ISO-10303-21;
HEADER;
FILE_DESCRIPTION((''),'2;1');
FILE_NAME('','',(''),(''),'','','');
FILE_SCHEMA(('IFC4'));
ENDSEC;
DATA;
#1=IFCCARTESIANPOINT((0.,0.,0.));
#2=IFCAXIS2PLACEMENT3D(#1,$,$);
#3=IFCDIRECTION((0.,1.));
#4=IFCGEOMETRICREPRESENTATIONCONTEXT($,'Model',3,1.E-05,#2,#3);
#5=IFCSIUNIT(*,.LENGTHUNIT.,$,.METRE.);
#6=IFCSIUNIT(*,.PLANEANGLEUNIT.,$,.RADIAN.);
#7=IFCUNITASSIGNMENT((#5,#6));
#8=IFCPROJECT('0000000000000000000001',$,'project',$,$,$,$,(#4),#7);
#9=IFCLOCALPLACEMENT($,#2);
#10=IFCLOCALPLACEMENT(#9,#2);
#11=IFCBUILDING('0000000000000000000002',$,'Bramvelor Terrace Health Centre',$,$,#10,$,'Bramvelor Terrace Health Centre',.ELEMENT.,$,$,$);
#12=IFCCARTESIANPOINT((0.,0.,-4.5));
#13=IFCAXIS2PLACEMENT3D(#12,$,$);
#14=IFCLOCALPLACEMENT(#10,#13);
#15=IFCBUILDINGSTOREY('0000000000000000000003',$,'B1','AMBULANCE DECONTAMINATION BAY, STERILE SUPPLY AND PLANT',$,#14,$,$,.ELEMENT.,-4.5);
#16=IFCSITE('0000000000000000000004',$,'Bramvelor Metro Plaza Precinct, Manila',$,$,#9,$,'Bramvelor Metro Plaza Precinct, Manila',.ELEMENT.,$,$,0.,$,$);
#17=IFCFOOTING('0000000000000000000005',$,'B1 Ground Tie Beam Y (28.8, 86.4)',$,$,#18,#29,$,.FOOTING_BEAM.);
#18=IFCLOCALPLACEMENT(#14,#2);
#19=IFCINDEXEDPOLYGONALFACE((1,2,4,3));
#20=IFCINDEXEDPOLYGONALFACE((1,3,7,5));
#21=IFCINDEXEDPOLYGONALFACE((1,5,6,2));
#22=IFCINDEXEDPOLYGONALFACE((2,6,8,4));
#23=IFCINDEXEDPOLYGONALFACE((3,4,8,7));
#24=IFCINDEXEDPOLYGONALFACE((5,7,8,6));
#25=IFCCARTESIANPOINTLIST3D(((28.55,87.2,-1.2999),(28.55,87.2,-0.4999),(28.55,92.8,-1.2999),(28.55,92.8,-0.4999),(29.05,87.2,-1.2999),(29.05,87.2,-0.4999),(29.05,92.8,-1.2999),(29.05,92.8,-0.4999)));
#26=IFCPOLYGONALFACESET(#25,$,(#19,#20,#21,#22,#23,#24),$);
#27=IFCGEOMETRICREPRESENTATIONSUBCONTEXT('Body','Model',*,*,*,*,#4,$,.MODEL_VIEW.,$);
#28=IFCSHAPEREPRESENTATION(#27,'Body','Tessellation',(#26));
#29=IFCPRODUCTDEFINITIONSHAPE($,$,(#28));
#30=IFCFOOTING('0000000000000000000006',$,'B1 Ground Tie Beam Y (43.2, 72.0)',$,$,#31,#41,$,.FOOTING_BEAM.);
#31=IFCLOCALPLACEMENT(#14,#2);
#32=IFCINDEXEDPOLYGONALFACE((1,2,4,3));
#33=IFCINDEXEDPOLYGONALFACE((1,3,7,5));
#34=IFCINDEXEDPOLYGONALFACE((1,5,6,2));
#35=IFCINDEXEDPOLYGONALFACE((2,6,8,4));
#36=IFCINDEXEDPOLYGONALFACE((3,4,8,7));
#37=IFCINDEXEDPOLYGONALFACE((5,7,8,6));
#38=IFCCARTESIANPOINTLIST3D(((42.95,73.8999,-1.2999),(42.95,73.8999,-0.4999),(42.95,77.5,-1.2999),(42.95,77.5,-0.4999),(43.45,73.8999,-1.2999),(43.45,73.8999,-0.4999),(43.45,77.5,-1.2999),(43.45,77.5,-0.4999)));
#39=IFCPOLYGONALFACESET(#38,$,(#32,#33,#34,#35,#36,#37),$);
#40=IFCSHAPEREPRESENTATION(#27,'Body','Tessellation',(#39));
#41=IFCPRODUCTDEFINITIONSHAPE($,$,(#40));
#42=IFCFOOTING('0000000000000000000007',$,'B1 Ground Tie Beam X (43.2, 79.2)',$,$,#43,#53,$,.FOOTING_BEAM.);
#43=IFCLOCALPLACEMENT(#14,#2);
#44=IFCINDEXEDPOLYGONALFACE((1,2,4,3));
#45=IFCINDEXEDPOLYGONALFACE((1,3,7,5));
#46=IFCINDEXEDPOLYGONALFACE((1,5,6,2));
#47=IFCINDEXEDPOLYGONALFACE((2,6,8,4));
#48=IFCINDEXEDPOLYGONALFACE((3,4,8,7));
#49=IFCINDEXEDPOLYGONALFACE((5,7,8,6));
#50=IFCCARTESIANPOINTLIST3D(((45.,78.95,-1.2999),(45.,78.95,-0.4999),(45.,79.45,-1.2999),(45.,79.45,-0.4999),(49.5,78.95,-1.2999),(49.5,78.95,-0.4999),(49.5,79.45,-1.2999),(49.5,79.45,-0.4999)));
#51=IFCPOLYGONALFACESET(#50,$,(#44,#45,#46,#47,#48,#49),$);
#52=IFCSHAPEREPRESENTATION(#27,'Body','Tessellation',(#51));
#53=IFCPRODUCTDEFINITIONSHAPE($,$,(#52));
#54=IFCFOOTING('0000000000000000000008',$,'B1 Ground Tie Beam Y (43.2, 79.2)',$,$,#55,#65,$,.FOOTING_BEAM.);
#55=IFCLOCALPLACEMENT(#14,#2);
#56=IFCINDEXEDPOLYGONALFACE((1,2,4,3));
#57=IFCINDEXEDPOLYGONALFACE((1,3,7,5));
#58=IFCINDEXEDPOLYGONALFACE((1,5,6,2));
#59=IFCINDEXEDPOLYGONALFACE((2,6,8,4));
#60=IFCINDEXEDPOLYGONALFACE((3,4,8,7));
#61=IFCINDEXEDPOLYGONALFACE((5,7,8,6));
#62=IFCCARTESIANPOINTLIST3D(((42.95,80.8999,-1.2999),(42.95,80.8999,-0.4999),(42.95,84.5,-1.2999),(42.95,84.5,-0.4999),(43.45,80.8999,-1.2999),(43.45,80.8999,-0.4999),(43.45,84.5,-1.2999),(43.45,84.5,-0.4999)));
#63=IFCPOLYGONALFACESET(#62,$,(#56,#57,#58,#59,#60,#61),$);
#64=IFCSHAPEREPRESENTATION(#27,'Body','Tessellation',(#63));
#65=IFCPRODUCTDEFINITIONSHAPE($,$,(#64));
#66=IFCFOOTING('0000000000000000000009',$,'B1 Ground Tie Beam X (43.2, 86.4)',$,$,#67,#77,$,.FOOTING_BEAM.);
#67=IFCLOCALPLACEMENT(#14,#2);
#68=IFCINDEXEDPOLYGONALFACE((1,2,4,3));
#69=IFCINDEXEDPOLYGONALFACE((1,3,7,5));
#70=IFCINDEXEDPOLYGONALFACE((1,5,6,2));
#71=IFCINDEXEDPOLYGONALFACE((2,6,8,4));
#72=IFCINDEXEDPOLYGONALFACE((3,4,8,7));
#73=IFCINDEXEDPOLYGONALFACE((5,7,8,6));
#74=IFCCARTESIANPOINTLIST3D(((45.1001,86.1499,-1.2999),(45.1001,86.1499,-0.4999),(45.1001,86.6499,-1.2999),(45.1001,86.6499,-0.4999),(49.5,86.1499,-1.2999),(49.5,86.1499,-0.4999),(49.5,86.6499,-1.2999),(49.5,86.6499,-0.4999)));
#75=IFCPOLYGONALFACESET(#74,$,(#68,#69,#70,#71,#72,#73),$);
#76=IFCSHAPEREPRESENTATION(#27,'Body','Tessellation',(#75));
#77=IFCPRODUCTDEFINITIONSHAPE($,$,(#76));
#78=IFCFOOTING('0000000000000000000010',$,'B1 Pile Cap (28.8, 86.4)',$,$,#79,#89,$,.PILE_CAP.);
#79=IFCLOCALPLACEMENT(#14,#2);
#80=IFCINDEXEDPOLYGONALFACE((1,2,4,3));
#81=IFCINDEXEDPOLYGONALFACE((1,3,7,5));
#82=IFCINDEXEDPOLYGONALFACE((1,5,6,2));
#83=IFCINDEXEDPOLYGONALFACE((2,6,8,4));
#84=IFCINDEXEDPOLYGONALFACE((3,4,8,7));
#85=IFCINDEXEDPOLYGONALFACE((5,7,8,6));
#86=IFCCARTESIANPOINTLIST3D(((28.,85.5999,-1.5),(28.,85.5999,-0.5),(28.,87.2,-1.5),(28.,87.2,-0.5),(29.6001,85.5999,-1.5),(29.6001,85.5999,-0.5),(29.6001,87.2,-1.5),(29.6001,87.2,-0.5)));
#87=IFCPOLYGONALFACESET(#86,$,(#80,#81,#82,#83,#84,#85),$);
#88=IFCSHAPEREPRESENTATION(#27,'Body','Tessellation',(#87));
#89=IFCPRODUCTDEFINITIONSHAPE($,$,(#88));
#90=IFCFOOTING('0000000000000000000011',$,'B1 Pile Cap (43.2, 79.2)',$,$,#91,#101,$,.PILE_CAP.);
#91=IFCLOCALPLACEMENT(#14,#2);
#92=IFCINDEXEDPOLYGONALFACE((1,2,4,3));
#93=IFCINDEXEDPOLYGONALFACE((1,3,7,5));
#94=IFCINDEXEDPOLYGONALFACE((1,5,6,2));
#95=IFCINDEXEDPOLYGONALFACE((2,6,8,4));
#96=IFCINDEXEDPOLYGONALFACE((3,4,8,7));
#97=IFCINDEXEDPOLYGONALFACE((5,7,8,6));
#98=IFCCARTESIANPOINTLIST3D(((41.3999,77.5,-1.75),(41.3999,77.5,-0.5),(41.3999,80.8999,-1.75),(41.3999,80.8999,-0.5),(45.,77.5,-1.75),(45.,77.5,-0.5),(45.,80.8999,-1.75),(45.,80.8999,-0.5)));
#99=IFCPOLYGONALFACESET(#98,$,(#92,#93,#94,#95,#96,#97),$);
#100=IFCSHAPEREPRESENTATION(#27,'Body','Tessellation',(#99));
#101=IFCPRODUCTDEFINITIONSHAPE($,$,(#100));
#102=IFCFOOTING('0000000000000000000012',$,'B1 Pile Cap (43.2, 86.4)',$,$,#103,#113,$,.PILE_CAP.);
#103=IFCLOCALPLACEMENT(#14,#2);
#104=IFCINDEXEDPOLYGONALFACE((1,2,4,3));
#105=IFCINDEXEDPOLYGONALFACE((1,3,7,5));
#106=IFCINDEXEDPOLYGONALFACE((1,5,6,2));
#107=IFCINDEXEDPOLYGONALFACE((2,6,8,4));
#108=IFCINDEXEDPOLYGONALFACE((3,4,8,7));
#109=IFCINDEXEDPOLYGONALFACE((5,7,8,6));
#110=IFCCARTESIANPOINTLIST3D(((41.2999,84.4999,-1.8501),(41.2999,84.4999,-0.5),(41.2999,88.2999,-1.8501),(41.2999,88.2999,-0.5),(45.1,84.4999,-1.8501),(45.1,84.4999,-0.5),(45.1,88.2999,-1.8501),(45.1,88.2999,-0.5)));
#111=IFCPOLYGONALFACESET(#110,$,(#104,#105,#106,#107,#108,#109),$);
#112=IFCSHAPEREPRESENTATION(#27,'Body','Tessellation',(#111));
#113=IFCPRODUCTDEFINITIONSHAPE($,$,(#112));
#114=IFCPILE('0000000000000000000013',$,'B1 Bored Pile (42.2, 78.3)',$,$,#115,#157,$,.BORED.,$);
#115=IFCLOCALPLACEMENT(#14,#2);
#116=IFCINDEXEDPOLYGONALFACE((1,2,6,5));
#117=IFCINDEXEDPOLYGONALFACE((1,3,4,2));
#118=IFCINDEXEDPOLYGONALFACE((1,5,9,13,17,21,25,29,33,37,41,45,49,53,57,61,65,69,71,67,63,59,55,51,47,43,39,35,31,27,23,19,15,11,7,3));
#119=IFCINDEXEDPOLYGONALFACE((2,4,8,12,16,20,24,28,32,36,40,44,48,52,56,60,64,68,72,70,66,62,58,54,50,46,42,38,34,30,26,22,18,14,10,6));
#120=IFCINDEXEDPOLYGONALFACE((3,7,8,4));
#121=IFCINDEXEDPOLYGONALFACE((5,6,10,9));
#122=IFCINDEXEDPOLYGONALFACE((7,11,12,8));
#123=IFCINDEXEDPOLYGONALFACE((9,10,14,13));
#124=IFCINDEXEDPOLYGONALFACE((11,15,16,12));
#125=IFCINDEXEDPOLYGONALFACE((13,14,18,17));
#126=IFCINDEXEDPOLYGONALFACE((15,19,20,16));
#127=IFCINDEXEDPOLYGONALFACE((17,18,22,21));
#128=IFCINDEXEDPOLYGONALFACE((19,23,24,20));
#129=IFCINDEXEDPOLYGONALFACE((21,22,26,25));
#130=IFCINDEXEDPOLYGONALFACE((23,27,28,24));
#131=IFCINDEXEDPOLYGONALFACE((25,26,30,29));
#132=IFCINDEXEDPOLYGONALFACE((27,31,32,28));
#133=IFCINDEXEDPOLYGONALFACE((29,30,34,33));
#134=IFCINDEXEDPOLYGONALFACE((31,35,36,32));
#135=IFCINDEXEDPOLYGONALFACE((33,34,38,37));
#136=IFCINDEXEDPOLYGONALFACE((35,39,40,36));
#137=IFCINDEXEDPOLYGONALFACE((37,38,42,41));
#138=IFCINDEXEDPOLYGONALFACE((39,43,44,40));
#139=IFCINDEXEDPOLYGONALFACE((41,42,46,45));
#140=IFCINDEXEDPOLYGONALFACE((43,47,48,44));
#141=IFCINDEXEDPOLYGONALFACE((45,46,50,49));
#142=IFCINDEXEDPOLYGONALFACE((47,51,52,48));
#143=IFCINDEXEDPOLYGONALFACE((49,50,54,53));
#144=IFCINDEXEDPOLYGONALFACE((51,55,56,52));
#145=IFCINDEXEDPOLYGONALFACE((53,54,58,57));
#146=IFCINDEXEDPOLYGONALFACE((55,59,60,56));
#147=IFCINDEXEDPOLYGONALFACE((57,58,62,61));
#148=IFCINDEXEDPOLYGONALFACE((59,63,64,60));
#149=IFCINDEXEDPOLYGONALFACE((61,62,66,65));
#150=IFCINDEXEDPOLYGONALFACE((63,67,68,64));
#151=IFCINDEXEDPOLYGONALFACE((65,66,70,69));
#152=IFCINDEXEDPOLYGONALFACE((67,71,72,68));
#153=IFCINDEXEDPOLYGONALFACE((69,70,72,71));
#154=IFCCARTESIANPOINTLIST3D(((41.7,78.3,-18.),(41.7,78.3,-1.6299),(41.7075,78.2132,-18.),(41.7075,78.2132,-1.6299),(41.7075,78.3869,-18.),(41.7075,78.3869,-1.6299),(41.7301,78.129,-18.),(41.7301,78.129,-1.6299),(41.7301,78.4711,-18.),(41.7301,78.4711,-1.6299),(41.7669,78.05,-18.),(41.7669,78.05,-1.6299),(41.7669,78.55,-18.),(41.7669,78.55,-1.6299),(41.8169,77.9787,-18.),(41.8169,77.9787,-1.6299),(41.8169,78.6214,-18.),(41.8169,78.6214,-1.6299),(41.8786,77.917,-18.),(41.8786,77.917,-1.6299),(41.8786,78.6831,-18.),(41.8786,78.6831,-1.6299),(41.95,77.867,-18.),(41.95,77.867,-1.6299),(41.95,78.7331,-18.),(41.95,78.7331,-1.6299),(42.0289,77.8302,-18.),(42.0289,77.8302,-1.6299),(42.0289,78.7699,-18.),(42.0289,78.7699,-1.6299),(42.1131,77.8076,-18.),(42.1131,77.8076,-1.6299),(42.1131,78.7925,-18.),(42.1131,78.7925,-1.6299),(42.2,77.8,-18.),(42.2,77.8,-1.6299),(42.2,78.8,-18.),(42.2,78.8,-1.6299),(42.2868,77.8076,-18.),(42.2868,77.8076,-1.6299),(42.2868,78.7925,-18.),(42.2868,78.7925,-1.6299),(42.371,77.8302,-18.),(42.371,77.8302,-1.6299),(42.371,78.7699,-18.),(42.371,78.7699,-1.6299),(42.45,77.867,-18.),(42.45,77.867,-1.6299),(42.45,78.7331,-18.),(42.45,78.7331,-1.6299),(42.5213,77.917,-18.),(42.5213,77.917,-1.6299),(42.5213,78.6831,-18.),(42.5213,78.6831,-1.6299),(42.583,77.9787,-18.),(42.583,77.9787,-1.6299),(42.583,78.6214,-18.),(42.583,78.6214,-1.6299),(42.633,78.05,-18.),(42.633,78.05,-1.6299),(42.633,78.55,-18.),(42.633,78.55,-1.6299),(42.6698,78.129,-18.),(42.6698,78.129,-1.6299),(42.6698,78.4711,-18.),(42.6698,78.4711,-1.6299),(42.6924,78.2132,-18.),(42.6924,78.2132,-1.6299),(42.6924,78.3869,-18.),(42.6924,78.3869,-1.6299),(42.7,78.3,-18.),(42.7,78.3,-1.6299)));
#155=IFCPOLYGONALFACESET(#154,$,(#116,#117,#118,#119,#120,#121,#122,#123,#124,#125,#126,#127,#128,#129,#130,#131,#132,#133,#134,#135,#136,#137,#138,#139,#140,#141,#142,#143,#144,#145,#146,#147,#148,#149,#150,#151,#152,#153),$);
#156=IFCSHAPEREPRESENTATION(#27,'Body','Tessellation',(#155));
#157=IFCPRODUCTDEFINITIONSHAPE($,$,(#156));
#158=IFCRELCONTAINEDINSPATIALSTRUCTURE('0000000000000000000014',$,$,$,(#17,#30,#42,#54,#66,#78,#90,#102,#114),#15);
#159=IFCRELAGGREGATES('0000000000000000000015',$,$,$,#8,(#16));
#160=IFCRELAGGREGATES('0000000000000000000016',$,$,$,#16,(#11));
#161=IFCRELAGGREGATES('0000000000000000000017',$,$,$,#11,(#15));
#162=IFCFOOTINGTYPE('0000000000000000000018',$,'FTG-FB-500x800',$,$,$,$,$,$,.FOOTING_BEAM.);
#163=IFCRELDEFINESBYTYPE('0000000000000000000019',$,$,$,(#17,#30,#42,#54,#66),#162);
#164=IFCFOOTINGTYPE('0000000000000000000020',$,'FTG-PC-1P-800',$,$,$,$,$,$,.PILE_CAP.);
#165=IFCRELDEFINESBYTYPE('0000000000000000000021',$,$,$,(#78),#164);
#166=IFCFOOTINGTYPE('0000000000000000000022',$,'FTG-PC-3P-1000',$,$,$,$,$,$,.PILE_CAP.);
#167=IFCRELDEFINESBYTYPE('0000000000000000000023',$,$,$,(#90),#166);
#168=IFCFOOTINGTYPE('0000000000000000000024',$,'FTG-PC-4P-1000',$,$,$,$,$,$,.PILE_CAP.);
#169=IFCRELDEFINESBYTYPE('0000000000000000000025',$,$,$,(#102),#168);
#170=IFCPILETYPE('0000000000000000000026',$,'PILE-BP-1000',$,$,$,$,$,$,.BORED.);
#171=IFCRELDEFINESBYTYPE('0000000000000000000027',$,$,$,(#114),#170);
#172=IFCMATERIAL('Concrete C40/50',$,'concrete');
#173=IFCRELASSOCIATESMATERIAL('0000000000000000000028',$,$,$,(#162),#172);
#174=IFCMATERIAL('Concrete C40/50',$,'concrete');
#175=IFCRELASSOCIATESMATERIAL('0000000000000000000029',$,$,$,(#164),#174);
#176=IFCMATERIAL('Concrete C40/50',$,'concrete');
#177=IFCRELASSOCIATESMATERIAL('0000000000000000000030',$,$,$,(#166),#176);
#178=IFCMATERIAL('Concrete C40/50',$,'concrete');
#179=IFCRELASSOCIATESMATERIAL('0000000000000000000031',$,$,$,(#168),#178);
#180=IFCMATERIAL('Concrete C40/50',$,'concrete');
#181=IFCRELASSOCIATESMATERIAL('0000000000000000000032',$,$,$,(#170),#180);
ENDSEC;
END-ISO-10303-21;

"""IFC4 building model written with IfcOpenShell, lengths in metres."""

from ifc_helpers import new_model, si_unit, direction, frame, origin, origin_2d, place, context, subcontext, project, spatial, rectangle, circle, extrude, material, material_profile, profile_set, type_object, element, save


model = new_model("IFC4")

# Units and contexts
model_context = context("Model", 3, precision=1e-05, world=origin(), true_north=direction((0.0, 1.0)))
body_context = subcontext(model_context, "Body", "Model", "MODEL_VIEW")
ifc_project = project(units=[si_unit("LENGTHUNIT", "METRE"), si_unit("PLANEANGLEUNIT", "RADIAN")], contexts=[model_context])

# Site, building, storey
site_placement = place(None, origin())
site = spatial("IfcSite", under=ifc_project, at=site_placement, Name="Bramvelor Metro Plaza Precinct, Manila", LongName="Bramvelor Metro Plaza Precinct, Manila", CompositionType="ELEMENT", RefElevation=0.0)
building_placement = place(site_placement, origin())
building = spatial("IfcBuilding", under=site, at=building_placement, Name="Bramvelor Terrace Health Centre", LongName="Bramvelor Terrace Health Centre", CompositionType="ELEMENT")
storey_placement = place(building_placement, frame((0.0, 0.0, -4.5)))
storey = spatial("IfcBuildingStorey", under=building, at=storey_placement, Name="B1", Description="AMBULANCE DECONTAMINATION BAY, STERILE SUPPLY AND PLANT", CompositionType="ELEMENT", Elevation=-4.5)

# Footings
ifc_material_1 = material(Name="Concrete C40/50", Category="concrete")
ifc_material_profile_1 = material_profile(ifc_material_1, rectangle(XDim=0.5, YDim=0.8, at=origin_2d()), Name="RC 500x800")
ifc_profile_set_1 = profile_set([ifc_material_profile_1], Name="Concrete C40/50")
footing_type_1 = type_object("IfcFootingType", Name="FTG-FB-500x800", PredefinedType="FOOTING_BEAM", material=ifc_profile_set_1)
footing_1_placement = place(storey_placement, frame((28.8, 87.2, -0.8999), z_axis=(0.0, 1.0, 0.0), x_axis=(-1.0, 0.0, 0.0)))
element("IfcFooting", 1, at=footing_1_placement, inside=storey, type_object=footing_type_1, Name="B1 Ground Tie Beam Y (28.8, 86.4)", PredefinedType="FOOTING_BEAM", context=body_context, shape_type="SweptSolid", body=[
    extrude(rectangle(XDim=0.5, YDim=0.8, at=origin_2d()), origin(), (0.0, 0.0, 1.0), 5.6001),
])
footing_2_placement = place(storey_placement, frame((43.2, 73.8999, -0.8999), z_axis=(0.0, 1.0, 0.0), x_axis=(-1.0, 0.0, 0.0)))
element("IfcFooting", 2, at=footing_2_placement, inside=storey, type_object=footing_type_1, Name="B1 Ground Tie Beam Y (43.2, 72.0)", PredefinedType="FOOTING_BEAM", context=body_context, shape_type="SweptSolid", body=[
    extrude(rectangle(XDim=0.5, YDim=0.8, at=origin_2d()), origin(), (0.0, 0.0, 1.0), 3.6001),
])
footing_3_placement = place(storey_placement, frame((45.0, 79.2, -0.8999), z_axis=(1.0, 0.0, 0.0), x_axis=(0.0, 1.0, 0.0)))
element("IfcFooting", 3, at=footing_3_placement, inside=storey, type_object=footing_type_1, Name="B1 Ground Tie Beam X (43.2, 79.2)", PredefinedType="FOOTING_BEAM", context=body_context, shape_type="SweptSolid", body=[
    extrude(rectangle(XDim=0.5, YDim=0.8, at=origin_2d()), origin(), (0.0, 0.0, 1.0), 4.5),
])
footing_4_placement = place(storey_placement, frame((43.2, 80.8999, -0.8999), z_axis=(0.0, 1.0, 0.0), x_axis=(-1.0, 0.0, 0.0)))
element("IfcFooting", 4, at=footing_4_placement, inside=storey, type_object=footing_type_1, Name="B1 Ground Tie Beam Y (43.2, 79.2)", PredefinedType="FOOTING_BEAM", context=body_context, shape_type="SweptSolid", body=[
    extrude(rectangle(XDim=0.5, YDim=0.8, at=origin_2d()), origin(), (0.0, 0.0, 1.0), 3.6001),
])
footing_5_placement = place(storey_placement, frame((45.1001, 86.3999, -0.8999), z_axis=(1.0, 0.0, 0.0), x_axis=(0.0, 1.0, 0.0)))
element("IfcFooting", 5, at=footing_5_placement, inside=storey, type_object=footing_type_1, Name="B1 Ground Tie Beam X (43.2, 86.4)", PredefinedType="FOOTING_BEAM", context=body_context, shape_type="SweptSolid", body=[
    extrude(rectangle(XDim=0.5, YDim=0.8, at=origin_2d()), origin(), (0.0, 0.0, 1.0), 4.3999),
])
ifc_material_2 = material(Name="Concrete C40/50", Category="concrete")
footing_type_2 = type_object("IfcFootingType", Name="FTG-PC-1P-800", PredefinedType="PILE_CAP", material=ifc_material_2)
footing_6_placement = place(storey_placement, frame((28.8, 86.3999, -1.5), z_axis=(0.0, 0.0, 1.0), x_axis=(1.0, 0.0, 0.0)))
element("IfcFooting", 6, at=footing_6_placement, inside=storey, type_object=footing_type_2, Name="B1 Pile Cap (28.8, 86.4)", PredefinedType="PILE_CAP", context=body_context, shape_type="SweptSolid", body=[
    extrude(rectangle(XDim=1.6001, YDim=1.6001, at=origin_2d()), origin(), (0.0, 0.0, 1.0), 1.0),
])
ifc_material_3 = material(Name="Concrete C40/50", Category="concrete")
footing_type_3 = type_object("IfcFootingType", Name="FTG-PC-3P-1000", PredefinedType="PILE_CAP", material=ifc_material_3)
footing_7_placement = place(storey_placement, frame((43.2, 79.2, -1.75), z_axis=(0.0, 0.0, 1.0), x_axis=(1.0, 0.0, 0.0)))
element("IfcFooting", 7, at=footing_7_placement, inside=storey, type_object=footing_type_3, Name="B1 Pile Cap (43.2, 79.2)", PredefinedType="PILE_CAP", context=body_context, shape_type="SweptSolid", body=[
    extrude(rectangle(XDim=3.6001, YDim=3.3999, at=origin_2d()), origin(), (0.0, 0.0, 1.0), 1.25),
])
ifc_material_4 = material(Name="Concrete C40/50", Category="concrete")
footing_type_4 = type_object("IfcFootingType", Name="FTG-PC-4P-1000", PredefinedType="PILE_CAP", material=ifc_material_4)
footing_8_placement = place(storey_placement, frame((43.2, 86.3999, -1.8501), z_axis=(0.0, 0.0, 1.0), x_axis=(1.0, 0.0, 0.0)))
element("IfcFooting", 8, at=footing_8_placement, inside=storey, type_object=footing_type_4, Name="B1 Pile Cap (43.2, 86.4)", PredefinedType="PILE_CAP", context=body_context, shape_type="SweptSolid", body=[
    extrude(rectangle(XDim=3.8, YDim=3.8, at=origin_2d()), origin(), (0.0, 0.0, 1.0), 1.3501),
])

# Pile
ifc_material_5 = material(Name="Concrete C40/50", Category="concrete")
ifc_material_profile_2 = material_profile(ifc_material_5, circle(Radius=0.5, at=origin_2d()), Name="BP D1000")
ifc_profile_set_2 = profile_set([ifc_material_profile_2], Name="Concrete C40/50")
pile_type_1 = type_object("IfcPileType", Name="PILE-BP-1000", PredefinedType="BORED", material=ifc_profile_set_2)
for number, where, z_axis, x_axis, name in (
    (9, (42.2, 78.3, -1.6299), (0.0, 0.0, -1.0), (1.0, 0.0, 0.0), "B1 Bored Pile (42.2, 78.3)"),
):
    element("IfcPile", number, at=place(storey_placement, frame(where, z_axis=z_axis, x_axis=x_axis)), inside=storey, type_object=pile_type_1, Name=name, PredefinedType="BORED", context=body_context, shape_type="SweptSolid", body=[
        extrude(circle(Radius=0.5, at=origin_2d()), origin(), (0.0, 0.0, 1.0), 16.3701),
    ])

save(model, "model.ifc")
